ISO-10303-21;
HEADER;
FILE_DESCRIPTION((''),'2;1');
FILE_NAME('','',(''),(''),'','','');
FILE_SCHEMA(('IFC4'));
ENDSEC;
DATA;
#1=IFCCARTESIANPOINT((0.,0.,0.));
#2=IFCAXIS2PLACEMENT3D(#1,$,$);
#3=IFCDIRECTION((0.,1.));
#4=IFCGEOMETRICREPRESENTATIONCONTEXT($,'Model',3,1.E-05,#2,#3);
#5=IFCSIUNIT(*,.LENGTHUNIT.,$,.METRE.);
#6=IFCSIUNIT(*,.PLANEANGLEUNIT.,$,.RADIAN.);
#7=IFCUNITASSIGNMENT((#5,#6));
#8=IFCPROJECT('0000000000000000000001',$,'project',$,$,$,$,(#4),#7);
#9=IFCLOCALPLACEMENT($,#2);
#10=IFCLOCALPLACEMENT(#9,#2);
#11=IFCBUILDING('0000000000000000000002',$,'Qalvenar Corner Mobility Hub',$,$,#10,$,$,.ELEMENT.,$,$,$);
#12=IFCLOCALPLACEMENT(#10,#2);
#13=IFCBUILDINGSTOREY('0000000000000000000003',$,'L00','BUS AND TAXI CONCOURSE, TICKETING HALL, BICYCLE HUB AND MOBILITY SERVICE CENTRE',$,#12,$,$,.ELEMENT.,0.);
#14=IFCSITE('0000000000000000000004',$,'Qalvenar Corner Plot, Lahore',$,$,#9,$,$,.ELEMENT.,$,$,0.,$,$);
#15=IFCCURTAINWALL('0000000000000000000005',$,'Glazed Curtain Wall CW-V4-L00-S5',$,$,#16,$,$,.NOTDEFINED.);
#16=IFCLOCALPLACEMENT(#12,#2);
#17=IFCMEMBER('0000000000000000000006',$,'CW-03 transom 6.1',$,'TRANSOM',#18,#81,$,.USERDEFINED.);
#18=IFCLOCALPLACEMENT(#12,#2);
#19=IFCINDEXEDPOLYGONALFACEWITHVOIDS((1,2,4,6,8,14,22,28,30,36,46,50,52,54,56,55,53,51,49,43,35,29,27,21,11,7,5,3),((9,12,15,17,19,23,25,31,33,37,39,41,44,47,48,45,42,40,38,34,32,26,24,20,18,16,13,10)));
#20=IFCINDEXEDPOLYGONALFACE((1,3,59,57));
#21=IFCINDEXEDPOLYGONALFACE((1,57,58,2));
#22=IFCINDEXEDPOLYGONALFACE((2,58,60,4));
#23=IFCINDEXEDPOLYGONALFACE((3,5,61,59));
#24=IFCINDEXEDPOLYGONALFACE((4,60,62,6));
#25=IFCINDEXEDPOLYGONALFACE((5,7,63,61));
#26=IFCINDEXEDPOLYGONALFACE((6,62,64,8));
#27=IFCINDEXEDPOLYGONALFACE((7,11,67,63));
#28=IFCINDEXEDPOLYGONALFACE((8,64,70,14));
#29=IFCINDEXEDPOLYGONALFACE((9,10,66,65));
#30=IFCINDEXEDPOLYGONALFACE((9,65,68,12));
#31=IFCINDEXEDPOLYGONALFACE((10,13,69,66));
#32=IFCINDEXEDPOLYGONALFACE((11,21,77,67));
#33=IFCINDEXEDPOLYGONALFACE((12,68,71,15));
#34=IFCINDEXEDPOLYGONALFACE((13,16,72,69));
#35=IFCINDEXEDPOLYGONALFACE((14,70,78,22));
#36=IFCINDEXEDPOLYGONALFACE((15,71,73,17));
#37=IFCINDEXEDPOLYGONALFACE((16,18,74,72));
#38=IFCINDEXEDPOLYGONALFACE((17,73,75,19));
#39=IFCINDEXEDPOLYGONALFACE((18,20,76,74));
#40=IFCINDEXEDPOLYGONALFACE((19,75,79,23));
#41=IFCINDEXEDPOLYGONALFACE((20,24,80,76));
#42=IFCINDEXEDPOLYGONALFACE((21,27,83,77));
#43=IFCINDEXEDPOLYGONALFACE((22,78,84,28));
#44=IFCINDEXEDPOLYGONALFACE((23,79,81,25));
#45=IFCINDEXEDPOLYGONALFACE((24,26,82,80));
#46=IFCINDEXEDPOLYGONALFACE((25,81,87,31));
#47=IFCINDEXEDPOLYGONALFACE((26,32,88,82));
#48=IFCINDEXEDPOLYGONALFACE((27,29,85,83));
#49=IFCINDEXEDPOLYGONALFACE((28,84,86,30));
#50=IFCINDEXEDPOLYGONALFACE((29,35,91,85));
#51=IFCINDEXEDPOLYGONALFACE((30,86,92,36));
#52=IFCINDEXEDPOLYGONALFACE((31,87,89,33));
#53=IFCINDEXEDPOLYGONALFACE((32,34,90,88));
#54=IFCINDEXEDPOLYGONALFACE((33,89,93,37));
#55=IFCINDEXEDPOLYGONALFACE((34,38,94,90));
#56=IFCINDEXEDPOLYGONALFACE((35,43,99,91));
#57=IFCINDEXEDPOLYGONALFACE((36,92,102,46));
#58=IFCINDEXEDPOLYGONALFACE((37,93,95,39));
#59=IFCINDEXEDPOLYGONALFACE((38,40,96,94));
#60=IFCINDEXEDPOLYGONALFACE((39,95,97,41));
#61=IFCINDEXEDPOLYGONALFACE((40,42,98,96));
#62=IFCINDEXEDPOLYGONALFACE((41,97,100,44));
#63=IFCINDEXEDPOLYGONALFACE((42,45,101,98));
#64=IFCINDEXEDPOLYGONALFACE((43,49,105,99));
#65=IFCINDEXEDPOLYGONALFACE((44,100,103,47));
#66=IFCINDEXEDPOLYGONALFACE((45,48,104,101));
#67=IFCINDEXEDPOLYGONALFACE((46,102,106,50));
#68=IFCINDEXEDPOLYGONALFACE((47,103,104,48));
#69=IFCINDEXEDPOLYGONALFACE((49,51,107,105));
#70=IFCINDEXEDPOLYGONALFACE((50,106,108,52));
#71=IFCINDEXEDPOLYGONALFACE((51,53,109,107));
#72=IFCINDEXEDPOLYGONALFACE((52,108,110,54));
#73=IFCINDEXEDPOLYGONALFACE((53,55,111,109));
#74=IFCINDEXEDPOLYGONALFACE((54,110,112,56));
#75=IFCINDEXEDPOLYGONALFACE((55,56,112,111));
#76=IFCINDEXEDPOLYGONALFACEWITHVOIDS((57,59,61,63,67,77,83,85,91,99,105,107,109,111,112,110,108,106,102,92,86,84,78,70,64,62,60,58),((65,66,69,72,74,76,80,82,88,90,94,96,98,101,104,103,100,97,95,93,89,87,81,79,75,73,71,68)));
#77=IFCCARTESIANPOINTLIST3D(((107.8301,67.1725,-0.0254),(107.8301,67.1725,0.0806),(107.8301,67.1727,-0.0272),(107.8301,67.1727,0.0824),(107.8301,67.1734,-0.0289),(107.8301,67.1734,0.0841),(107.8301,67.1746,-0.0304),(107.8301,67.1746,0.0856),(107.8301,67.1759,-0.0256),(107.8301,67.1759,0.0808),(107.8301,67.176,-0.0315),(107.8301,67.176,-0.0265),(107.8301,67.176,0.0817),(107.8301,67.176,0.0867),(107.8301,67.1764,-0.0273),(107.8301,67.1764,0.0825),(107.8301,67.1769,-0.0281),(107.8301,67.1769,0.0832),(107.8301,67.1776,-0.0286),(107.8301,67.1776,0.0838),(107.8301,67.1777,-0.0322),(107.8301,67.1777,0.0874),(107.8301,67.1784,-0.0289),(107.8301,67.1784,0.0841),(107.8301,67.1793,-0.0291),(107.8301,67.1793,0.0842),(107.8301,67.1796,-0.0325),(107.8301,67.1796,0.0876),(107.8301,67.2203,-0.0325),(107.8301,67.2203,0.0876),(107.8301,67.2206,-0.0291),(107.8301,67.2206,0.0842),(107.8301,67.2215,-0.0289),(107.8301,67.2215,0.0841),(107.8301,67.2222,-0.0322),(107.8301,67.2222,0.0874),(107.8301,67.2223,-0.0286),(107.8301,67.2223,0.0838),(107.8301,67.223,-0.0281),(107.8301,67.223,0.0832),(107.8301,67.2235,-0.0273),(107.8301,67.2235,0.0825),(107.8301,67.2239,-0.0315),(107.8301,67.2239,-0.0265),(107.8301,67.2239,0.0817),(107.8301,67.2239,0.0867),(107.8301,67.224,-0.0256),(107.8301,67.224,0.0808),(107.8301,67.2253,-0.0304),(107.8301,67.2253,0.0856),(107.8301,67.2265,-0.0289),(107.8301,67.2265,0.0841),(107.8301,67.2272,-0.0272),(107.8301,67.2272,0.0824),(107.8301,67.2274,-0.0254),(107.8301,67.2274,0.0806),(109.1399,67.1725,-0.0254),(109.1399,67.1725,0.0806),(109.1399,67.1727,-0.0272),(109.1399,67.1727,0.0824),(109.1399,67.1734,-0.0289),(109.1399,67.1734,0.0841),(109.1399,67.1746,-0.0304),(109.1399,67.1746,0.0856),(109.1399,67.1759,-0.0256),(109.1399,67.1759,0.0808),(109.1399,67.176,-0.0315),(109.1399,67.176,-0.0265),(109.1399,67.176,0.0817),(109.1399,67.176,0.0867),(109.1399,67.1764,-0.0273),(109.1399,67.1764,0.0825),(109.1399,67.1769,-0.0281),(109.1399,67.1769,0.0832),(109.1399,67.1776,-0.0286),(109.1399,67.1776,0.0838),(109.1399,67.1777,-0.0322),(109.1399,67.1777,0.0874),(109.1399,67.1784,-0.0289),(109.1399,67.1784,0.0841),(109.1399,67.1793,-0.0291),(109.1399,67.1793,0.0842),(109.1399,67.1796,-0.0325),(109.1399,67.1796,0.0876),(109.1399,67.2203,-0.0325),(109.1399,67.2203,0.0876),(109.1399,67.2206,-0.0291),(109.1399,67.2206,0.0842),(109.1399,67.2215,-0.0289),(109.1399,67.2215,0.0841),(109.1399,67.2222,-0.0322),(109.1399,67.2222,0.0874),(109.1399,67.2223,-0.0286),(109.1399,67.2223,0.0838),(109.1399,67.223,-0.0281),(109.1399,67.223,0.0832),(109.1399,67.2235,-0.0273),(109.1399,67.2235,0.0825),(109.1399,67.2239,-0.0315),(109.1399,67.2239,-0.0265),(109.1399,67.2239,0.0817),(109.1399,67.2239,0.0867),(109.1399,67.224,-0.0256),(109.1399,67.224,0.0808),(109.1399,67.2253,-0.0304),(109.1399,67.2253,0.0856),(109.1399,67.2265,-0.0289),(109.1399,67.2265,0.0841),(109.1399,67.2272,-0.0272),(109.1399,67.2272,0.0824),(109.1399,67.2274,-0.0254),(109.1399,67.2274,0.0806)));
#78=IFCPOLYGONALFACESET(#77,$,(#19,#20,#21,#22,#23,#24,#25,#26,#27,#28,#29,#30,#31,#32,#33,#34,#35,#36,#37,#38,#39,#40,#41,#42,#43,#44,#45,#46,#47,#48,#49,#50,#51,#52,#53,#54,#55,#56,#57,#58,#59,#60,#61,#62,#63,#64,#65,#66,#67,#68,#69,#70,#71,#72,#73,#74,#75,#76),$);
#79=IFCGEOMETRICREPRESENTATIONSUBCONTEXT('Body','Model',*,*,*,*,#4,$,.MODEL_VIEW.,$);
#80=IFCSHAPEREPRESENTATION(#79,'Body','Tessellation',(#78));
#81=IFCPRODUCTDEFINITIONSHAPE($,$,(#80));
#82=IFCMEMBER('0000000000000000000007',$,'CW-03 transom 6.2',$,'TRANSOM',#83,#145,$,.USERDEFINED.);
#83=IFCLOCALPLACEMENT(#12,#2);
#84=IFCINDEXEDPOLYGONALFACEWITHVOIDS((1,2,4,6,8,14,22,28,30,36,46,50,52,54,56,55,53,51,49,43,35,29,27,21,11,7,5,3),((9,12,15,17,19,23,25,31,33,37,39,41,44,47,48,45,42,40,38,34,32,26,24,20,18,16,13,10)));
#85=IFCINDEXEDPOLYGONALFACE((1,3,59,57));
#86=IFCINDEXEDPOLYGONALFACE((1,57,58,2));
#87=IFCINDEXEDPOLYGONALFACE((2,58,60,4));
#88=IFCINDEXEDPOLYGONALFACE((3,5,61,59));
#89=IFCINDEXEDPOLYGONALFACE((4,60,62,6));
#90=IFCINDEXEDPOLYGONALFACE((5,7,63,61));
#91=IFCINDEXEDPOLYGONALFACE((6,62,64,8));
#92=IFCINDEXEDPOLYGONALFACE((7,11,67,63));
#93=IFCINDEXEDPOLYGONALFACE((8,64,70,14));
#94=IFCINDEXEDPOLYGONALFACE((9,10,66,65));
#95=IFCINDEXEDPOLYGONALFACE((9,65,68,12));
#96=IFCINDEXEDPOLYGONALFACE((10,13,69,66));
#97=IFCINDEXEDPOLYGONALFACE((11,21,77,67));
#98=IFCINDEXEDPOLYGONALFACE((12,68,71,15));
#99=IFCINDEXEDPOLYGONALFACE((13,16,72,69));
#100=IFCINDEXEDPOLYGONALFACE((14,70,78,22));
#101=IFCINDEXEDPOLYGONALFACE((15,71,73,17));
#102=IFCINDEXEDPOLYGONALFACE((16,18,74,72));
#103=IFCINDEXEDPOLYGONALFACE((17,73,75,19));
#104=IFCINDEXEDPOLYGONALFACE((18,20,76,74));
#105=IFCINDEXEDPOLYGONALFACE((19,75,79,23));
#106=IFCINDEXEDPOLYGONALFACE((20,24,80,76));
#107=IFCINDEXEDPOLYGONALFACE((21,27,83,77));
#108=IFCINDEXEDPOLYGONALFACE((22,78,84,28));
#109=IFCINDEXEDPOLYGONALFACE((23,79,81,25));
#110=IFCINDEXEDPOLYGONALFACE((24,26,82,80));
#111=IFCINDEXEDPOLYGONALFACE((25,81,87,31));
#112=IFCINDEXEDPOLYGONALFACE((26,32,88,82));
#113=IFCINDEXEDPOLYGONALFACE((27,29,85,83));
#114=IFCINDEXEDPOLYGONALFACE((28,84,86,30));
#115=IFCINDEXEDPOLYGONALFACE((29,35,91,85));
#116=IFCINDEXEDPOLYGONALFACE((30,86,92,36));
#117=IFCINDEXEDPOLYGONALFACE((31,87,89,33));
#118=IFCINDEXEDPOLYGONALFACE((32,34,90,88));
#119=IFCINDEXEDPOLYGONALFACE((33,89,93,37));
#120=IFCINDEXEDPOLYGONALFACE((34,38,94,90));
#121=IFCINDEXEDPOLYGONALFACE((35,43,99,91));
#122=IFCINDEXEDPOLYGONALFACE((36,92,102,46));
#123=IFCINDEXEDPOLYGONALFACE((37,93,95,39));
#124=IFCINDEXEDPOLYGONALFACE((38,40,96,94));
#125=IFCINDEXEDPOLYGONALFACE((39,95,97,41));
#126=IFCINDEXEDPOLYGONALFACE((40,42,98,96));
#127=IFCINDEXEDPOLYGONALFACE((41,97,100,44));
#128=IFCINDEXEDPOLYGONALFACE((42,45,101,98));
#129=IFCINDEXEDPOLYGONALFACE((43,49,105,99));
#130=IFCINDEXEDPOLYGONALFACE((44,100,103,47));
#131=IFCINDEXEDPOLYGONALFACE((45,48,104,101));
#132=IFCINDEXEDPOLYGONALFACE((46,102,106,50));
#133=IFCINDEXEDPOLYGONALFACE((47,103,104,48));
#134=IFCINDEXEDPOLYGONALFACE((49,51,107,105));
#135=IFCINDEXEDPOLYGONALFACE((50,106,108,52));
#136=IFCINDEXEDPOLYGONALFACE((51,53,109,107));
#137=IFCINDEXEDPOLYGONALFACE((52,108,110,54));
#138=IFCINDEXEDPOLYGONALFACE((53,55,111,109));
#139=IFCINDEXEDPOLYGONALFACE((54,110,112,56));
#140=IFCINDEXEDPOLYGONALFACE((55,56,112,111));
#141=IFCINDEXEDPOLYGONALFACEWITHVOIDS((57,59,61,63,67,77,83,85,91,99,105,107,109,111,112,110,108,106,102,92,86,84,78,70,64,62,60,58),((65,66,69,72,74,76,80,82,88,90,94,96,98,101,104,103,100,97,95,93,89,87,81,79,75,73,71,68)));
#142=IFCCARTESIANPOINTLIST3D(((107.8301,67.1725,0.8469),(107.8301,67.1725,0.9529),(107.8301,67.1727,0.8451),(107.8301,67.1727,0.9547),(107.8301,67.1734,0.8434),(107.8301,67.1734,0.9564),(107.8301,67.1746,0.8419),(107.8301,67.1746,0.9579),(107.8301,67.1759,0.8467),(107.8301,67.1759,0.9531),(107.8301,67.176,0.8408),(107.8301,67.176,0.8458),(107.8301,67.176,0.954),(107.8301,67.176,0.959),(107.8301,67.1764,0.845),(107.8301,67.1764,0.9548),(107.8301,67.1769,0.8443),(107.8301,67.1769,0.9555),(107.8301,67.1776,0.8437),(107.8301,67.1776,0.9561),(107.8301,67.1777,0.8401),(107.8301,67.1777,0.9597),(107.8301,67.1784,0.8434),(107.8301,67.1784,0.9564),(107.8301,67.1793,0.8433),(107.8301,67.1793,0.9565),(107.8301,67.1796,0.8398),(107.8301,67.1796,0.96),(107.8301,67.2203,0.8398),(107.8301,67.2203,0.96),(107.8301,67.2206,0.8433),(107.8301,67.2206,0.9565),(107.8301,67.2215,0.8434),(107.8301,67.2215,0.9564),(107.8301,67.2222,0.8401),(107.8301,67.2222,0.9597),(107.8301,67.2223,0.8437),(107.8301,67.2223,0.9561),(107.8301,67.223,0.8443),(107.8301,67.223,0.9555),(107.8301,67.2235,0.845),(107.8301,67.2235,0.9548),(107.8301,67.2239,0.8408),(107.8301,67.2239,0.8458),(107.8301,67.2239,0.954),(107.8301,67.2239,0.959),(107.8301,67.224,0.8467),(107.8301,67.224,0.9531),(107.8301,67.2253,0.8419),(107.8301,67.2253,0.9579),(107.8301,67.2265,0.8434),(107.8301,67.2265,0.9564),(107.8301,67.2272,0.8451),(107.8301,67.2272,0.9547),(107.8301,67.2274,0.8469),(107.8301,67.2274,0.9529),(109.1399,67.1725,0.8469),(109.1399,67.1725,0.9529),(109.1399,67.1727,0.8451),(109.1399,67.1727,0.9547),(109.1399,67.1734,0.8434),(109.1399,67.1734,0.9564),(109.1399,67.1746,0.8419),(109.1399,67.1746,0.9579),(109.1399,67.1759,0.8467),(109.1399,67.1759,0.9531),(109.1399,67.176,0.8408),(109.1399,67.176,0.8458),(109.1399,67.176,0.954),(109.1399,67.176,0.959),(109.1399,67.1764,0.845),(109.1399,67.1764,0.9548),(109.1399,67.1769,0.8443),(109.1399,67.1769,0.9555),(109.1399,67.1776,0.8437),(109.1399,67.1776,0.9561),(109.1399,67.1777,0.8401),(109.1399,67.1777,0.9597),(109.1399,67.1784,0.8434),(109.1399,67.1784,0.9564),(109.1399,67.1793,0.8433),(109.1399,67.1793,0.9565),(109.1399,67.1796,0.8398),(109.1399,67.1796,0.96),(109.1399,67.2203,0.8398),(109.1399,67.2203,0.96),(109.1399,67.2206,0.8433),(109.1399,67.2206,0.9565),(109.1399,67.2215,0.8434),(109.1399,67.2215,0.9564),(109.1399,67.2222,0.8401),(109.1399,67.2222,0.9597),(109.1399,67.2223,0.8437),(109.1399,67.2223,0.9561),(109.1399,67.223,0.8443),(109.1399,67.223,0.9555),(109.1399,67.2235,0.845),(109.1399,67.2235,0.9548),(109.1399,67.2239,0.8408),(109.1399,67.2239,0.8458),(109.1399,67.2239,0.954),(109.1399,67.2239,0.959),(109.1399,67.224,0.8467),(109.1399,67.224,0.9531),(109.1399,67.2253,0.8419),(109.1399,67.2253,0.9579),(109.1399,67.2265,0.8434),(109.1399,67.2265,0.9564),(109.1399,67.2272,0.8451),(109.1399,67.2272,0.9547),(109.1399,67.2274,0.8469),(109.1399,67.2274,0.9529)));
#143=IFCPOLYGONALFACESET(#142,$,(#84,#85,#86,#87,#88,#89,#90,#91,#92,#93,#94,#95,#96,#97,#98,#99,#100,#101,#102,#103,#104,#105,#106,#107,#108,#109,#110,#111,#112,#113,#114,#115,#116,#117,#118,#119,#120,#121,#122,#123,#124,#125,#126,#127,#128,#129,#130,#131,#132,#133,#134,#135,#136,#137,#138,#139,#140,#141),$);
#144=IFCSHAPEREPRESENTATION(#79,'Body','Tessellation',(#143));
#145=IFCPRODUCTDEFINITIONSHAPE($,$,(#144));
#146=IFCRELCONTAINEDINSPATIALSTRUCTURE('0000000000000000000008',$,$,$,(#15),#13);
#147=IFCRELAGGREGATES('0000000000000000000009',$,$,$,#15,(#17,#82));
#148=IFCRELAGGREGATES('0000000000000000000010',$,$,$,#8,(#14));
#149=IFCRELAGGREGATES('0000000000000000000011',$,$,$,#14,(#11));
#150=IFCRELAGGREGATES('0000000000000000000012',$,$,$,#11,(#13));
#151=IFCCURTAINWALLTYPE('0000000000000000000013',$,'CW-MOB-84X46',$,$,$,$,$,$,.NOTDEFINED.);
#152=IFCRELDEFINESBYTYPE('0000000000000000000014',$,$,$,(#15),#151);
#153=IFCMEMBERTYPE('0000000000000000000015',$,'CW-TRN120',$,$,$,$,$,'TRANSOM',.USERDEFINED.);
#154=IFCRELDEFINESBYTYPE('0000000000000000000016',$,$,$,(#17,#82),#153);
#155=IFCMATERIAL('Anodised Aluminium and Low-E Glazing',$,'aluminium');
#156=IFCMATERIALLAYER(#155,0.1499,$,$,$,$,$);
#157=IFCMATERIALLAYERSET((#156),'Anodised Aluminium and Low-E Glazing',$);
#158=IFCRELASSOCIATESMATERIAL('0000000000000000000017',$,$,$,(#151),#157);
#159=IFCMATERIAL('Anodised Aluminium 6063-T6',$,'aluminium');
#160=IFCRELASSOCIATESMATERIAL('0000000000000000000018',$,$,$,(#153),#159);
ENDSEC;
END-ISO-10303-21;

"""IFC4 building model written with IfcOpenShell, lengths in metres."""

from ifc_helpers import new_model, si_unit, direction, frame, origin, origin_2d, place, context, subcontext, project, spatial, hollow_rectangle, extrude, material, layer, layer_set, material_profile, profile_set, type_object, element, aggregate, save


model = new_model("IFC4")

# Units and contexts
model_context = context("Model", 3, precision=1e-05, world=origin(), true_north=direction((0.0, 1.0)))
body_context = subcontext(model_context, "Body", "Model", "MODEL_VIEW")
ifc_project = project(units=[si_unit("LENGTHUNIT", "METRE"), si_unit("PLANEANGLEUNIT", "RADIAN")], contexts=[model_context])

# Site, building, storey
site_placement = place(None, origin())
site = spatial("IfcSite", under=ifc_project, at=site_placement, Name="Qalvenar Corner Plot, Lahore", CompositionType="ELEMENT", RefElevation=0.0)
building_placement = place(site_placement, origin())
building = spatial("IfcBuilding", under=site, at=building_placement, Name="Qalvenar Corner Mobility Hub", CompositionType="ELEMENT")
storey_placement = place(building_placement, origin())
storey = spatial("IfcBuildingStorey", under=building, at=storey_placement, Name="L00", Description="BUS AND TAXI CONCOURSE, TICKETING HALL, BICYCLE HUB AND MOBILITY SERVICE CENTRE", CompositionType="ELEMENT", Elevation=0.0)

# Curtain wall
ifc_material_1 = material(Name="Anodised Aluminium and Low-E Glazing", Category="aluminium")
ifc_layer_1 = layer(ifc_material_1, 0.1499)
ifc_layer_set_1 = layer_set([ifc_layer_1], Name="Anodised Aluminium and Low-E Glazing")
curtain_wall_type = type_object("IfcCurtainWallType", Name="CW-MOB-84X46", PredefinedType="NOTDEFINED", material=ifc_layer_set_1)
curtain_wall_1_placement = place(storey_placement, origin())
curtain_wall_1 = element("IfcCurtainWall", 1, at=curtain_wall_1_placement, inside=storey, type_object=curtain_wall_type, Name="Glazed Curtain Wall CW-V4-L00-S5", PredefinedType="NOTDEFINED")
ifc_material_2 = material(Name="Anodised Aluminium 6063-T6", Category="aluminium")

# Members
ifc_material_profile_1 = material_profile(ifc_material_2, hollow_rectangle(XDim=0.0549, YDim=0.1201, WallThickness=0.0034, InnerFilletRadius=0.0034, OuterFilletRadius=0.0071, at=origin_2d()), Name="RHS120x55x3.5")
ifc_profile_set_1 = profile_set([ifc_material_profile_1], Name="Anodised Aluminium 6063-T6")
member_type_1 = type_object("IfcMemberType", Name="CW-TRN120", ElementType="TRANSOM", PredefinedType="USERDEFINED", material=ifc_profile_set_1)
member_1_placement = place(storey_placement, frame((107.8301, 67.2, 0.0276), z_axis=(1.0, 0.0, 0.0), x_axis=(0.0, 1.0, 0.0)))
member_1 = element("IfcMember", 2, at=member_1_placement, type_object=member_type_1, Name="CW-03 transom 6.1", ObjectType="TRANSOM", PredefinedType="USERDEFINED", context=body_context, shape_type="SweptSolid", body=[
    extrude(hollow_rectangle(XDim=0.0549, YDim=0.1201, WallThickness=0.0034, InnerFilletRadius=0.0034, OuterFilletRadius=0.0071, at=origin_2d()), origin(), (0.0, 0.0, 1.0), 1.3098),
])
member_2_placement = place(storey_placement, frame((107.8301, 67.2, 0.8999), z_axis=(1.0, 0.0, 0.0), x_axis=(0.0, 1.0, 0.0)))
member_2 = element("IfcMember", 3, at=member_2_placement, type_object=member_type_1, Name="CW-03 transom 6.2", ObjectType="TRANSOM", PredefinedType="USERDEFINED", context=body_context, shape_type="SweptSolid", body=[
    extrude(hollow_rectangle(XDim=0.0549, YDim=0.1201, WallThickness=0.0034, InnerFilletRadius=0.0034, OuterFilletRadius=0.0071, at=origin_2d()), origin(), (0.0, 0.0, 1.0), 1.3098),
])

aggregate(curtain_wall_1, [member_1, member_2])

save(model, "model.ifc")
